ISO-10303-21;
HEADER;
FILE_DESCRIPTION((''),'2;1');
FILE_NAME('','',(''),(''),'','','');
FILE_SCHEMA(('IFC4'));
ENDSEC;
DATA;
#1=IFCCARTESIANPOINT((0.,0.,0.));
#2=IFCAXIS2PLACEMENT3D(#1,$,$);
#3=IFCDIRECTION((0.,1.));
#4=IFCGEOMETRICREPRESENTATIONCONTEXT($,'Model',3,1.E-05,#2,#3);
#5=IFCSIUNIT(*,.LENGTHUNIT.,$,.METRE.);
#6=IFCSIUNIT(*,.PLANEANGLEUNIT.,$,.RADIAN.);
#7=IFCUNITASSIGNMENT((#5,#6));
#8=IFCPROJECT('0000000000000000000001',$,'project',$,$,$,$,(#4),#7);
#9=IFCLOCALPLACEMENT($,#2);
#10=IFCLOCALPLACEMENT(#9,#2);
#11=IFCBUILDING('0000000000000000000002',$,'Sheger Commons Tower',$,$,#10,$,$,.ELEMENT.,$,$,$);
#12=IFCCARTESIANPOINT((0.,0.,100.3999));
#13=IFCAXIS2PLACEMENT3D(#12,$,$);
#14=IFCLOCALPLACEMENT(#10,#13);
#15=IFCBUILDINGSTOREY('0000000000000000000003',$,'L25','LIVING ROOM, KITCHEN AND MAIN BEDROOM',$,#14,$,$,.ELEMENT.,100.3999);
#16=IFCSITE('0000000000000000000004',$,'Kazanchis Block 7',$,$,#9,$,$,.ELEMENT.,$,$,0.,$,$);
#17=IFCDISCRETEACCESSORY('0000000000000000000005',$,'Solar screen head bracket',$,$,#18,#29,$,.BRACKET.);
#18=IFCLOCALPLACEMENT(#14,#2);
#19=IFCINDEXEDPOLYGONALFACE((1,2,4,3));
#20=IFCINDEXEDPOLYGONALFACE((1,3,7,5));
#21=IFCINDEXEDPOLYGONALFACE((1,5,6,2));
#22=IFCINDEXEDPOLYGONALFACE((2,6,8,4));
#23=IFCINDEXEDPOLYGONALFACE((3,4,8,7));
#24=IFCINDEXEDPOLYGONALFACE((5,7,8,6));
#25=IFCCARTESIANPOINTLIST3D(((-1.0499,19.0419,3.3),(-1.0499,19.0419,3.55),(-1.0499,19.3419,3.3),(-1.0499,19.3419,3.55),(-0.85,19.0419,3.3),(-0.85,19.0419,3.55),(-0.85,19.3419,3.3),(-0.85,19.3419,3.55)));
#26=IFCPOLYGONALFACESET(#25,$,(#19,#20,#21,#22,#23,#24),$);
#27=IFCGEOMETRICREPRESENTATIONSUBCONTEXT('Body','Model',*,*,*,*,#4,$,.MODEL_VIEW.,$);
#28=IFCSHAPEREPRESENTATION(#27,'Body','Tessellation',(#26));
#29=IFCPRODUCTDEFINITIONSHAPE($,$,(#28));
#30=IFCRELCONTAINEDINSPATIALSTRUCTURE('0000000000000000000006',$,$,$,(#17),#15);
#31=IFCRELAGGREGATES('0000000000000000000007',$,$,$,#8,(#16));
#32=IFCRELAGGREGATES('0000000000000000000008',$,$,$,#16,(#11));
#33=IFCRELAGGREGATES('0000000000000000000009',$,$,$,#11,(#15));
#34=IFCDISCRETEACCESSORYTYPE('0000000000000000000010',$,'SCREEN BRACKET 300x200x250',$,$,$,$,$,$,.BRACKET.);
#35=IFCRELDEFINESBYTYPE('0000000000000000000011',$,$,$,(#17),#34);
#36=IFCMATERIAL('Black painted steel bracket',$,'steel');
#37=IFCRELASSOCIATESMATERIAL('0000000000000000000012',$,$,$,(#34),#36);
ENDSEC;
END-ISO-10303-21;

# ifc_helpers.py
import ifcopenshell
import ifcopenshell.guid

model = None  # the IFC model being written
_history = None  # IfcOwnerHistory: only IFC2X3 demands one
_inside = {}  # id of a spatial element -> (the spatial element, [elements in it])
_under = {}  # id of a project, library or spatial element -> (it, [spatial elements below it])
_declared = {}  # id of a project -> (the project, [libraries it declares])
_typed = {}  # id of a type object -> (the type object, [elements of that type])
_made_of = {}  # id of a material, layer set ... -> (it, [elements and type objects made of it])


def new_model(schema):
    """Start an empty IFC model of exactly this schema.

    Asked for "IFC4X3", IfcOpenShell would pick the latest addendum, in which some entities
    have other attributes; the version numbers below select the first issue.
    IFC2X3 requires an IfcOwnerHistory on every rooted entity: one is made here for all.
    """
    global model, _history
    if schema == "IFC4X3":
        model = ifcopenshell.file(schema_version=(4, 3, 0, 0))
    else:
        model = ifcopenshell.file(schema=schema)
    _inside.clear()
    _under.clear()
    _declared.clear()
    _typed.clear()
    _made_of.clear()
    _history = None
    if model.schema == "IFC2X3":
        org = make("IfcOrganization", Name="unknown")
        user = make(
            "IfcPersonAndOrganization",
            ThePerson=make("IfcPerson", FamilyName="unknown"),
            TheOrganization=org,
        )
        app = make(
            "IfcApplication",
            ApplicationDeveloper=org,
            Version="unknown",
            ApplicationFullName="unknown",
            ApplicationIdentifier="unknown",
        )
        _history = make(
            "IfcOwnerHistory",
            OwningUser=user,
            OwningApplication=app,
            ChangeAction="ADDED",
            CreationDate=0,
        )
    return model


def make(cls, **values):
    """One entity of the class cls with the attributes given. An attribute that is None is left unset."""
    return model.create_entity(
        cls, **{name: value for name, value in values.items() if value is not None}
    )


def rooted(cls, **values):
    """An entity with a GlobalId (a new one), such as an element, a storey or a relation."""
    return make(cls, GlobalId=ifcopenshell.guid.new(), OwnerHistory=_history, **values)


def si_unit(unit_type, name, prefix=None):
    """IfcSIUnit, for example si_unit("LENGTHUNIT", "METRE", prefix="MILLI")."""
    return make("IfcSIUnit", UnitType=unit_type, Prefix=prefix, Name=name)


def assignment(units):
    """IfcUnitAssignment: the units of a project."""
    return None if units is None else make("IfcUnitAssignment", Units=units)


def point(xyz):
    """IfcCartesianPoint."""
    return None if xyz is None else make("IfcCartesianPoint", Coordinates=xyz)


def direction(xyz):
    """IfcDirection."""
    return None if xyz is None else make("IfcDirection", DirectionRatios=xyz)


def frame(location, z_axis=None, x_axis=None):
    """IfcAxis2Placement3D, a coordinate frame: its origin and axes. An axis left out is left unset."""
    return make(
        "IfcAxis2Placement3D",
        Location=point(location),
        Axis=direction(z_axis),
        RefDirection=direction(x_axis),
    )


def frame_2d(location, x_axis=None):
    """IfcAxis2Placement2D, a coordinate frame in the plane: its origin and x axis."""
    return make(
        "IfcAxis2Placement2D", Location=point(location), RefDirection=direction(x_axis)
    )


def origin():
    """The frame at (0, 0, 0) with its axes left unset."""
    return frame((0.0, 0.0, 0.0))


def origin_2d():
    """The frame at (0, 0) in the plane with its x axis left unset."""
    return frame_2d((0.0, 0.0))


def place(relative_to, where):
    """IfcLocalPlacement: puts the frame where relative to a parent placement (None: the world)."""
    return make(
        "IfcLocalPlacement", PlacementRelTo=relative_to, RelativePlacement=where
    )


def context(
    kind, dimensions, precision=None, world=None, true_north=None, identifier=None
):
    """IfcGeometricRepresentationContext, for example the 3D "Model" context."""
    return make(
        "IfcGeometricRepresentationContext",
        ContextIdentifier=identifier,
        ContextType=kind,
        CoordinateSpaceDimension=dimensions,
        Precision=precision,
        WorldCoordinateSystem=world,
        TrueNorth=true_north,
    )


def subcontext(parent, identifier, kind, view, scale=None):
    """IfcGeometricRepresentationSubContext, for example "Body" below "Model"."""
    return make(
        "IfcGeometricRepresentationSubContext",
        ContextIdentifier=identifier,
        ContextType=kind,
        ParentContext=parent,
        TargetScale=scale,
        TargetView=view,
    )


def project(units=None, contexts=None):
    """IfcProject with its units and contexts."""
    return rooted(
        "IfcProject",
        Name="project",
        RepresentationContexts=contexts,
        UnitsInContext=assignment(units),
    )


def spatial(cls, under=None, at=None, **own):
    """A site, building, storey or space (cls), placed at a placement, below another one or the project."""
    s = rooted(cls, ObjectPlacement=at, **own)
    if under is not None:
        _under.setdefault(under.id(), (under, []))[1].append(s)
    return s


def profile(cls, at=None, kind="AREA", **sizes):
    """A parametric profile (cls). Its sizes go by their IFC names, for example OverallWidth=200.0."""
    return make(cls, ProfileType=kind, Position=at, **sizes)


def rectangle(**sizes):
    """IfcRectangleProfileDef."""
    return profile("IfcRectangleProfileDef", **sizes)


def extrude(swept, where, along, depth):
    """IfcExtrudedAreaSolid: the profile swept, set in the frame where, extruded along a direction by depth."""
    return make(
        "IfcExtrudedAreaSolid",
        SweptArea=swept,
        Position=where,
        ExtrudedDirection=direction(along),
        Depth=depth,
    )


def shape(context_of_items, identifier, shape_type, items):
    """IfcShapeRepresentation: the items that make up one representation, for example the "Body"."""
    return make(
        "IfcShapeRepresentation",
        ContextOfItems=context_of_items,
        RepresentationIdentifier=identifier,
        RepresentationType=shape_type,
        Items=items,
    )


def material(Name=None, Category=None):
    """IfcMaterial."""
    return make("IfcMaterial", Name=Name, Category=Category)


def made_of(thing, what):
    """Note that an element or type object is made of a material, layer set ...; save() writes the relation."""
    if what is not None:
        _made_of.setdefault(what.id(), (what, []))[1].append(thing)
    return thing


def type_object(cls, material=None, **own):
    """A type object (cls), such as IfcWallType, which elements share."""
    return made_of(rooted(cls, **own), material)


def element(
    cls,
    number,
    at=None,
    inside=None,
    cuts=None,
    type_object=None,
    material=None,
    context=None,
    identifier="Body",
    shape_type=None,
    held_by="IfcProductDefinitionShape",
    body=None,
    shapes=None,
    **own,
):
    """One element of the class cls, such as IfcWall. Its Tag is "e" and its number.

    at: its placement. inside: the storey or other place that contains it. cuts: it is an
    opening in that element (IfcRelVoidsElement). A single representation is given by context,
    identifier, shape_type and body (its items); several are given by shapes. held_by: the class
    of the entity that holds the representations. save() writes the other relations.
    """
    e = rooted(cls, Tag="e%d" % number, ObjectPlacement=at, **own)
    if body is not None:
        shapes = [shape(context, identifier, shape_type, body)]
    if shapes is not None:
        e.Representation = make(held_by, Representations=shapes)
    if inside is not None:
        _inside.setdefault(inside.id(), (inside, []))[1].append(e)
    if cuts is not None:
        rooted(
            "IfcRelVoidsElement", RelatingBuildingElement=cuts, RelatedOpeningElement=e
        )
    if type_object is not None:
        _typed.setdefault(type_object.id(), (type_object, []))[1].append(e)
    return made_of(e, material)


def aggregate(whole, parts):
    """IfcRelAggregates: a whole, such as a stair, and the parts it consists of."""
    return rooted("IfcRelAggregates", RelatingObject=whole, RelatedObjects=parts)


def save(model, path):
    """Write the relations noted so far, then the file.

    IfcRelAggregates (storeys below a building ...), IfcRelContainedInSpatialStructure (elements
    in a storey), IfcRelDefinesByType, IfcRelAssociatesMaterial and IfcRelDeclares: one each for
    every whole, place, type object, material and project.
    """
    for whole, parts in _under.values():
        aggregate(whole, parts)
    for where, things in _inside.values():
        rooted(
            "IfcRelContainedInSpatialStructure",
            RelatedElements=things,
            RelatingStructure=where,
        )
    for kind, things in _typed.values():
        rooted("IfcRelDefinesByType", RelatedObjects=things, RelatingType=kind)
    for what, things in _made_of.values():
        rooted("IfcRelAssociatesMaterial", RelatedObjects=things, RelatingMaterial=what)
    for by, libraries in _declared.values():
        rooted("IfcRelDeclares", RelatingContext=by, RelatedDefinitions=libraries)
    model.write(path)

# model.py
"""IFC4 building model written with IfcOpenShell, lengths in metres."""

from ifc_helpers import new_model, si_unit, direction, frame, origin, origin_2d, place, context, subcontext, project, spatial, rectangle, extrude, material, type_object, element, save


model = new_model("IFC4")

# Units and contexts
model_context = context("Model", 3, precision=1e-05, world=origin(), true_north=direction((0.0, 1.0)))
body_context = subcontext(model_context, "Body", "Model", "MODEL_VIEW")
ifc_project = project(units=[si_unit("LENGTHUNIT", "METRE"), si_unit("PLANEANGLEUNIT", "RADIAN")], contexts=[model_context])

# Site, building, storey
site_placement = place(None, origin())
site = spatial("IfcSite", under=ifc_project, at=site_placement, Name="Kazanchis Block 7", CompositionType="ELEMENT", RefElevation=0.0)
building_placement = place(site_placement, origin())
building = spatial("IfcBuilding", under=site, at=building_placement, Name="Sheger Commons Tower", CompositionType="ELEMENT")
storey_placement = place(building_placement, frame((0.0, 0.0, 100.3999)))
storey = spatial("IfcBuildingStorey", under=building, at=storey_placement, Name="L25", Description="LIVING ROOM, KITCHEN AND MAIN BEDROOM", CompositionType="ELEMENT", Elevation=100.3999)

# Discrete accessory
ifc_material_1 = material(Name="Black painted steel bracket", Category="steel")
discrete_accessory_type = type_object("IfcDiscreteAccessoryType", Name="SCREEN BRACKET 300x200x250", PredefinedType="BRACKET", material=ifc_material_1)
for number, where, z_axis, x_axis, name in (
    (1, (-0.95, 19.1919, 3.3), (0.0, 0.0, 1.0), (0.0, -1.0, 0.0), "Solar screen head bracket"),
):
    element("IfcDiscreteAccessory", number, at=place(storey_placement, frame(where, z_axis=z_axis, x_axis=x_axis)), inside=storey, type_object=discrete_accessory_type, Name=name, PredefinedType="BRACKET", context=body_context, shape_type="SweptSolid", body=[
        extrude(rectangle(XDim=0.3, YDim=0.2, at=origin_2d()), origin(), (0.0, 0.0, 1.0), 0.25),
    ])

save(model, "model.ifc")
